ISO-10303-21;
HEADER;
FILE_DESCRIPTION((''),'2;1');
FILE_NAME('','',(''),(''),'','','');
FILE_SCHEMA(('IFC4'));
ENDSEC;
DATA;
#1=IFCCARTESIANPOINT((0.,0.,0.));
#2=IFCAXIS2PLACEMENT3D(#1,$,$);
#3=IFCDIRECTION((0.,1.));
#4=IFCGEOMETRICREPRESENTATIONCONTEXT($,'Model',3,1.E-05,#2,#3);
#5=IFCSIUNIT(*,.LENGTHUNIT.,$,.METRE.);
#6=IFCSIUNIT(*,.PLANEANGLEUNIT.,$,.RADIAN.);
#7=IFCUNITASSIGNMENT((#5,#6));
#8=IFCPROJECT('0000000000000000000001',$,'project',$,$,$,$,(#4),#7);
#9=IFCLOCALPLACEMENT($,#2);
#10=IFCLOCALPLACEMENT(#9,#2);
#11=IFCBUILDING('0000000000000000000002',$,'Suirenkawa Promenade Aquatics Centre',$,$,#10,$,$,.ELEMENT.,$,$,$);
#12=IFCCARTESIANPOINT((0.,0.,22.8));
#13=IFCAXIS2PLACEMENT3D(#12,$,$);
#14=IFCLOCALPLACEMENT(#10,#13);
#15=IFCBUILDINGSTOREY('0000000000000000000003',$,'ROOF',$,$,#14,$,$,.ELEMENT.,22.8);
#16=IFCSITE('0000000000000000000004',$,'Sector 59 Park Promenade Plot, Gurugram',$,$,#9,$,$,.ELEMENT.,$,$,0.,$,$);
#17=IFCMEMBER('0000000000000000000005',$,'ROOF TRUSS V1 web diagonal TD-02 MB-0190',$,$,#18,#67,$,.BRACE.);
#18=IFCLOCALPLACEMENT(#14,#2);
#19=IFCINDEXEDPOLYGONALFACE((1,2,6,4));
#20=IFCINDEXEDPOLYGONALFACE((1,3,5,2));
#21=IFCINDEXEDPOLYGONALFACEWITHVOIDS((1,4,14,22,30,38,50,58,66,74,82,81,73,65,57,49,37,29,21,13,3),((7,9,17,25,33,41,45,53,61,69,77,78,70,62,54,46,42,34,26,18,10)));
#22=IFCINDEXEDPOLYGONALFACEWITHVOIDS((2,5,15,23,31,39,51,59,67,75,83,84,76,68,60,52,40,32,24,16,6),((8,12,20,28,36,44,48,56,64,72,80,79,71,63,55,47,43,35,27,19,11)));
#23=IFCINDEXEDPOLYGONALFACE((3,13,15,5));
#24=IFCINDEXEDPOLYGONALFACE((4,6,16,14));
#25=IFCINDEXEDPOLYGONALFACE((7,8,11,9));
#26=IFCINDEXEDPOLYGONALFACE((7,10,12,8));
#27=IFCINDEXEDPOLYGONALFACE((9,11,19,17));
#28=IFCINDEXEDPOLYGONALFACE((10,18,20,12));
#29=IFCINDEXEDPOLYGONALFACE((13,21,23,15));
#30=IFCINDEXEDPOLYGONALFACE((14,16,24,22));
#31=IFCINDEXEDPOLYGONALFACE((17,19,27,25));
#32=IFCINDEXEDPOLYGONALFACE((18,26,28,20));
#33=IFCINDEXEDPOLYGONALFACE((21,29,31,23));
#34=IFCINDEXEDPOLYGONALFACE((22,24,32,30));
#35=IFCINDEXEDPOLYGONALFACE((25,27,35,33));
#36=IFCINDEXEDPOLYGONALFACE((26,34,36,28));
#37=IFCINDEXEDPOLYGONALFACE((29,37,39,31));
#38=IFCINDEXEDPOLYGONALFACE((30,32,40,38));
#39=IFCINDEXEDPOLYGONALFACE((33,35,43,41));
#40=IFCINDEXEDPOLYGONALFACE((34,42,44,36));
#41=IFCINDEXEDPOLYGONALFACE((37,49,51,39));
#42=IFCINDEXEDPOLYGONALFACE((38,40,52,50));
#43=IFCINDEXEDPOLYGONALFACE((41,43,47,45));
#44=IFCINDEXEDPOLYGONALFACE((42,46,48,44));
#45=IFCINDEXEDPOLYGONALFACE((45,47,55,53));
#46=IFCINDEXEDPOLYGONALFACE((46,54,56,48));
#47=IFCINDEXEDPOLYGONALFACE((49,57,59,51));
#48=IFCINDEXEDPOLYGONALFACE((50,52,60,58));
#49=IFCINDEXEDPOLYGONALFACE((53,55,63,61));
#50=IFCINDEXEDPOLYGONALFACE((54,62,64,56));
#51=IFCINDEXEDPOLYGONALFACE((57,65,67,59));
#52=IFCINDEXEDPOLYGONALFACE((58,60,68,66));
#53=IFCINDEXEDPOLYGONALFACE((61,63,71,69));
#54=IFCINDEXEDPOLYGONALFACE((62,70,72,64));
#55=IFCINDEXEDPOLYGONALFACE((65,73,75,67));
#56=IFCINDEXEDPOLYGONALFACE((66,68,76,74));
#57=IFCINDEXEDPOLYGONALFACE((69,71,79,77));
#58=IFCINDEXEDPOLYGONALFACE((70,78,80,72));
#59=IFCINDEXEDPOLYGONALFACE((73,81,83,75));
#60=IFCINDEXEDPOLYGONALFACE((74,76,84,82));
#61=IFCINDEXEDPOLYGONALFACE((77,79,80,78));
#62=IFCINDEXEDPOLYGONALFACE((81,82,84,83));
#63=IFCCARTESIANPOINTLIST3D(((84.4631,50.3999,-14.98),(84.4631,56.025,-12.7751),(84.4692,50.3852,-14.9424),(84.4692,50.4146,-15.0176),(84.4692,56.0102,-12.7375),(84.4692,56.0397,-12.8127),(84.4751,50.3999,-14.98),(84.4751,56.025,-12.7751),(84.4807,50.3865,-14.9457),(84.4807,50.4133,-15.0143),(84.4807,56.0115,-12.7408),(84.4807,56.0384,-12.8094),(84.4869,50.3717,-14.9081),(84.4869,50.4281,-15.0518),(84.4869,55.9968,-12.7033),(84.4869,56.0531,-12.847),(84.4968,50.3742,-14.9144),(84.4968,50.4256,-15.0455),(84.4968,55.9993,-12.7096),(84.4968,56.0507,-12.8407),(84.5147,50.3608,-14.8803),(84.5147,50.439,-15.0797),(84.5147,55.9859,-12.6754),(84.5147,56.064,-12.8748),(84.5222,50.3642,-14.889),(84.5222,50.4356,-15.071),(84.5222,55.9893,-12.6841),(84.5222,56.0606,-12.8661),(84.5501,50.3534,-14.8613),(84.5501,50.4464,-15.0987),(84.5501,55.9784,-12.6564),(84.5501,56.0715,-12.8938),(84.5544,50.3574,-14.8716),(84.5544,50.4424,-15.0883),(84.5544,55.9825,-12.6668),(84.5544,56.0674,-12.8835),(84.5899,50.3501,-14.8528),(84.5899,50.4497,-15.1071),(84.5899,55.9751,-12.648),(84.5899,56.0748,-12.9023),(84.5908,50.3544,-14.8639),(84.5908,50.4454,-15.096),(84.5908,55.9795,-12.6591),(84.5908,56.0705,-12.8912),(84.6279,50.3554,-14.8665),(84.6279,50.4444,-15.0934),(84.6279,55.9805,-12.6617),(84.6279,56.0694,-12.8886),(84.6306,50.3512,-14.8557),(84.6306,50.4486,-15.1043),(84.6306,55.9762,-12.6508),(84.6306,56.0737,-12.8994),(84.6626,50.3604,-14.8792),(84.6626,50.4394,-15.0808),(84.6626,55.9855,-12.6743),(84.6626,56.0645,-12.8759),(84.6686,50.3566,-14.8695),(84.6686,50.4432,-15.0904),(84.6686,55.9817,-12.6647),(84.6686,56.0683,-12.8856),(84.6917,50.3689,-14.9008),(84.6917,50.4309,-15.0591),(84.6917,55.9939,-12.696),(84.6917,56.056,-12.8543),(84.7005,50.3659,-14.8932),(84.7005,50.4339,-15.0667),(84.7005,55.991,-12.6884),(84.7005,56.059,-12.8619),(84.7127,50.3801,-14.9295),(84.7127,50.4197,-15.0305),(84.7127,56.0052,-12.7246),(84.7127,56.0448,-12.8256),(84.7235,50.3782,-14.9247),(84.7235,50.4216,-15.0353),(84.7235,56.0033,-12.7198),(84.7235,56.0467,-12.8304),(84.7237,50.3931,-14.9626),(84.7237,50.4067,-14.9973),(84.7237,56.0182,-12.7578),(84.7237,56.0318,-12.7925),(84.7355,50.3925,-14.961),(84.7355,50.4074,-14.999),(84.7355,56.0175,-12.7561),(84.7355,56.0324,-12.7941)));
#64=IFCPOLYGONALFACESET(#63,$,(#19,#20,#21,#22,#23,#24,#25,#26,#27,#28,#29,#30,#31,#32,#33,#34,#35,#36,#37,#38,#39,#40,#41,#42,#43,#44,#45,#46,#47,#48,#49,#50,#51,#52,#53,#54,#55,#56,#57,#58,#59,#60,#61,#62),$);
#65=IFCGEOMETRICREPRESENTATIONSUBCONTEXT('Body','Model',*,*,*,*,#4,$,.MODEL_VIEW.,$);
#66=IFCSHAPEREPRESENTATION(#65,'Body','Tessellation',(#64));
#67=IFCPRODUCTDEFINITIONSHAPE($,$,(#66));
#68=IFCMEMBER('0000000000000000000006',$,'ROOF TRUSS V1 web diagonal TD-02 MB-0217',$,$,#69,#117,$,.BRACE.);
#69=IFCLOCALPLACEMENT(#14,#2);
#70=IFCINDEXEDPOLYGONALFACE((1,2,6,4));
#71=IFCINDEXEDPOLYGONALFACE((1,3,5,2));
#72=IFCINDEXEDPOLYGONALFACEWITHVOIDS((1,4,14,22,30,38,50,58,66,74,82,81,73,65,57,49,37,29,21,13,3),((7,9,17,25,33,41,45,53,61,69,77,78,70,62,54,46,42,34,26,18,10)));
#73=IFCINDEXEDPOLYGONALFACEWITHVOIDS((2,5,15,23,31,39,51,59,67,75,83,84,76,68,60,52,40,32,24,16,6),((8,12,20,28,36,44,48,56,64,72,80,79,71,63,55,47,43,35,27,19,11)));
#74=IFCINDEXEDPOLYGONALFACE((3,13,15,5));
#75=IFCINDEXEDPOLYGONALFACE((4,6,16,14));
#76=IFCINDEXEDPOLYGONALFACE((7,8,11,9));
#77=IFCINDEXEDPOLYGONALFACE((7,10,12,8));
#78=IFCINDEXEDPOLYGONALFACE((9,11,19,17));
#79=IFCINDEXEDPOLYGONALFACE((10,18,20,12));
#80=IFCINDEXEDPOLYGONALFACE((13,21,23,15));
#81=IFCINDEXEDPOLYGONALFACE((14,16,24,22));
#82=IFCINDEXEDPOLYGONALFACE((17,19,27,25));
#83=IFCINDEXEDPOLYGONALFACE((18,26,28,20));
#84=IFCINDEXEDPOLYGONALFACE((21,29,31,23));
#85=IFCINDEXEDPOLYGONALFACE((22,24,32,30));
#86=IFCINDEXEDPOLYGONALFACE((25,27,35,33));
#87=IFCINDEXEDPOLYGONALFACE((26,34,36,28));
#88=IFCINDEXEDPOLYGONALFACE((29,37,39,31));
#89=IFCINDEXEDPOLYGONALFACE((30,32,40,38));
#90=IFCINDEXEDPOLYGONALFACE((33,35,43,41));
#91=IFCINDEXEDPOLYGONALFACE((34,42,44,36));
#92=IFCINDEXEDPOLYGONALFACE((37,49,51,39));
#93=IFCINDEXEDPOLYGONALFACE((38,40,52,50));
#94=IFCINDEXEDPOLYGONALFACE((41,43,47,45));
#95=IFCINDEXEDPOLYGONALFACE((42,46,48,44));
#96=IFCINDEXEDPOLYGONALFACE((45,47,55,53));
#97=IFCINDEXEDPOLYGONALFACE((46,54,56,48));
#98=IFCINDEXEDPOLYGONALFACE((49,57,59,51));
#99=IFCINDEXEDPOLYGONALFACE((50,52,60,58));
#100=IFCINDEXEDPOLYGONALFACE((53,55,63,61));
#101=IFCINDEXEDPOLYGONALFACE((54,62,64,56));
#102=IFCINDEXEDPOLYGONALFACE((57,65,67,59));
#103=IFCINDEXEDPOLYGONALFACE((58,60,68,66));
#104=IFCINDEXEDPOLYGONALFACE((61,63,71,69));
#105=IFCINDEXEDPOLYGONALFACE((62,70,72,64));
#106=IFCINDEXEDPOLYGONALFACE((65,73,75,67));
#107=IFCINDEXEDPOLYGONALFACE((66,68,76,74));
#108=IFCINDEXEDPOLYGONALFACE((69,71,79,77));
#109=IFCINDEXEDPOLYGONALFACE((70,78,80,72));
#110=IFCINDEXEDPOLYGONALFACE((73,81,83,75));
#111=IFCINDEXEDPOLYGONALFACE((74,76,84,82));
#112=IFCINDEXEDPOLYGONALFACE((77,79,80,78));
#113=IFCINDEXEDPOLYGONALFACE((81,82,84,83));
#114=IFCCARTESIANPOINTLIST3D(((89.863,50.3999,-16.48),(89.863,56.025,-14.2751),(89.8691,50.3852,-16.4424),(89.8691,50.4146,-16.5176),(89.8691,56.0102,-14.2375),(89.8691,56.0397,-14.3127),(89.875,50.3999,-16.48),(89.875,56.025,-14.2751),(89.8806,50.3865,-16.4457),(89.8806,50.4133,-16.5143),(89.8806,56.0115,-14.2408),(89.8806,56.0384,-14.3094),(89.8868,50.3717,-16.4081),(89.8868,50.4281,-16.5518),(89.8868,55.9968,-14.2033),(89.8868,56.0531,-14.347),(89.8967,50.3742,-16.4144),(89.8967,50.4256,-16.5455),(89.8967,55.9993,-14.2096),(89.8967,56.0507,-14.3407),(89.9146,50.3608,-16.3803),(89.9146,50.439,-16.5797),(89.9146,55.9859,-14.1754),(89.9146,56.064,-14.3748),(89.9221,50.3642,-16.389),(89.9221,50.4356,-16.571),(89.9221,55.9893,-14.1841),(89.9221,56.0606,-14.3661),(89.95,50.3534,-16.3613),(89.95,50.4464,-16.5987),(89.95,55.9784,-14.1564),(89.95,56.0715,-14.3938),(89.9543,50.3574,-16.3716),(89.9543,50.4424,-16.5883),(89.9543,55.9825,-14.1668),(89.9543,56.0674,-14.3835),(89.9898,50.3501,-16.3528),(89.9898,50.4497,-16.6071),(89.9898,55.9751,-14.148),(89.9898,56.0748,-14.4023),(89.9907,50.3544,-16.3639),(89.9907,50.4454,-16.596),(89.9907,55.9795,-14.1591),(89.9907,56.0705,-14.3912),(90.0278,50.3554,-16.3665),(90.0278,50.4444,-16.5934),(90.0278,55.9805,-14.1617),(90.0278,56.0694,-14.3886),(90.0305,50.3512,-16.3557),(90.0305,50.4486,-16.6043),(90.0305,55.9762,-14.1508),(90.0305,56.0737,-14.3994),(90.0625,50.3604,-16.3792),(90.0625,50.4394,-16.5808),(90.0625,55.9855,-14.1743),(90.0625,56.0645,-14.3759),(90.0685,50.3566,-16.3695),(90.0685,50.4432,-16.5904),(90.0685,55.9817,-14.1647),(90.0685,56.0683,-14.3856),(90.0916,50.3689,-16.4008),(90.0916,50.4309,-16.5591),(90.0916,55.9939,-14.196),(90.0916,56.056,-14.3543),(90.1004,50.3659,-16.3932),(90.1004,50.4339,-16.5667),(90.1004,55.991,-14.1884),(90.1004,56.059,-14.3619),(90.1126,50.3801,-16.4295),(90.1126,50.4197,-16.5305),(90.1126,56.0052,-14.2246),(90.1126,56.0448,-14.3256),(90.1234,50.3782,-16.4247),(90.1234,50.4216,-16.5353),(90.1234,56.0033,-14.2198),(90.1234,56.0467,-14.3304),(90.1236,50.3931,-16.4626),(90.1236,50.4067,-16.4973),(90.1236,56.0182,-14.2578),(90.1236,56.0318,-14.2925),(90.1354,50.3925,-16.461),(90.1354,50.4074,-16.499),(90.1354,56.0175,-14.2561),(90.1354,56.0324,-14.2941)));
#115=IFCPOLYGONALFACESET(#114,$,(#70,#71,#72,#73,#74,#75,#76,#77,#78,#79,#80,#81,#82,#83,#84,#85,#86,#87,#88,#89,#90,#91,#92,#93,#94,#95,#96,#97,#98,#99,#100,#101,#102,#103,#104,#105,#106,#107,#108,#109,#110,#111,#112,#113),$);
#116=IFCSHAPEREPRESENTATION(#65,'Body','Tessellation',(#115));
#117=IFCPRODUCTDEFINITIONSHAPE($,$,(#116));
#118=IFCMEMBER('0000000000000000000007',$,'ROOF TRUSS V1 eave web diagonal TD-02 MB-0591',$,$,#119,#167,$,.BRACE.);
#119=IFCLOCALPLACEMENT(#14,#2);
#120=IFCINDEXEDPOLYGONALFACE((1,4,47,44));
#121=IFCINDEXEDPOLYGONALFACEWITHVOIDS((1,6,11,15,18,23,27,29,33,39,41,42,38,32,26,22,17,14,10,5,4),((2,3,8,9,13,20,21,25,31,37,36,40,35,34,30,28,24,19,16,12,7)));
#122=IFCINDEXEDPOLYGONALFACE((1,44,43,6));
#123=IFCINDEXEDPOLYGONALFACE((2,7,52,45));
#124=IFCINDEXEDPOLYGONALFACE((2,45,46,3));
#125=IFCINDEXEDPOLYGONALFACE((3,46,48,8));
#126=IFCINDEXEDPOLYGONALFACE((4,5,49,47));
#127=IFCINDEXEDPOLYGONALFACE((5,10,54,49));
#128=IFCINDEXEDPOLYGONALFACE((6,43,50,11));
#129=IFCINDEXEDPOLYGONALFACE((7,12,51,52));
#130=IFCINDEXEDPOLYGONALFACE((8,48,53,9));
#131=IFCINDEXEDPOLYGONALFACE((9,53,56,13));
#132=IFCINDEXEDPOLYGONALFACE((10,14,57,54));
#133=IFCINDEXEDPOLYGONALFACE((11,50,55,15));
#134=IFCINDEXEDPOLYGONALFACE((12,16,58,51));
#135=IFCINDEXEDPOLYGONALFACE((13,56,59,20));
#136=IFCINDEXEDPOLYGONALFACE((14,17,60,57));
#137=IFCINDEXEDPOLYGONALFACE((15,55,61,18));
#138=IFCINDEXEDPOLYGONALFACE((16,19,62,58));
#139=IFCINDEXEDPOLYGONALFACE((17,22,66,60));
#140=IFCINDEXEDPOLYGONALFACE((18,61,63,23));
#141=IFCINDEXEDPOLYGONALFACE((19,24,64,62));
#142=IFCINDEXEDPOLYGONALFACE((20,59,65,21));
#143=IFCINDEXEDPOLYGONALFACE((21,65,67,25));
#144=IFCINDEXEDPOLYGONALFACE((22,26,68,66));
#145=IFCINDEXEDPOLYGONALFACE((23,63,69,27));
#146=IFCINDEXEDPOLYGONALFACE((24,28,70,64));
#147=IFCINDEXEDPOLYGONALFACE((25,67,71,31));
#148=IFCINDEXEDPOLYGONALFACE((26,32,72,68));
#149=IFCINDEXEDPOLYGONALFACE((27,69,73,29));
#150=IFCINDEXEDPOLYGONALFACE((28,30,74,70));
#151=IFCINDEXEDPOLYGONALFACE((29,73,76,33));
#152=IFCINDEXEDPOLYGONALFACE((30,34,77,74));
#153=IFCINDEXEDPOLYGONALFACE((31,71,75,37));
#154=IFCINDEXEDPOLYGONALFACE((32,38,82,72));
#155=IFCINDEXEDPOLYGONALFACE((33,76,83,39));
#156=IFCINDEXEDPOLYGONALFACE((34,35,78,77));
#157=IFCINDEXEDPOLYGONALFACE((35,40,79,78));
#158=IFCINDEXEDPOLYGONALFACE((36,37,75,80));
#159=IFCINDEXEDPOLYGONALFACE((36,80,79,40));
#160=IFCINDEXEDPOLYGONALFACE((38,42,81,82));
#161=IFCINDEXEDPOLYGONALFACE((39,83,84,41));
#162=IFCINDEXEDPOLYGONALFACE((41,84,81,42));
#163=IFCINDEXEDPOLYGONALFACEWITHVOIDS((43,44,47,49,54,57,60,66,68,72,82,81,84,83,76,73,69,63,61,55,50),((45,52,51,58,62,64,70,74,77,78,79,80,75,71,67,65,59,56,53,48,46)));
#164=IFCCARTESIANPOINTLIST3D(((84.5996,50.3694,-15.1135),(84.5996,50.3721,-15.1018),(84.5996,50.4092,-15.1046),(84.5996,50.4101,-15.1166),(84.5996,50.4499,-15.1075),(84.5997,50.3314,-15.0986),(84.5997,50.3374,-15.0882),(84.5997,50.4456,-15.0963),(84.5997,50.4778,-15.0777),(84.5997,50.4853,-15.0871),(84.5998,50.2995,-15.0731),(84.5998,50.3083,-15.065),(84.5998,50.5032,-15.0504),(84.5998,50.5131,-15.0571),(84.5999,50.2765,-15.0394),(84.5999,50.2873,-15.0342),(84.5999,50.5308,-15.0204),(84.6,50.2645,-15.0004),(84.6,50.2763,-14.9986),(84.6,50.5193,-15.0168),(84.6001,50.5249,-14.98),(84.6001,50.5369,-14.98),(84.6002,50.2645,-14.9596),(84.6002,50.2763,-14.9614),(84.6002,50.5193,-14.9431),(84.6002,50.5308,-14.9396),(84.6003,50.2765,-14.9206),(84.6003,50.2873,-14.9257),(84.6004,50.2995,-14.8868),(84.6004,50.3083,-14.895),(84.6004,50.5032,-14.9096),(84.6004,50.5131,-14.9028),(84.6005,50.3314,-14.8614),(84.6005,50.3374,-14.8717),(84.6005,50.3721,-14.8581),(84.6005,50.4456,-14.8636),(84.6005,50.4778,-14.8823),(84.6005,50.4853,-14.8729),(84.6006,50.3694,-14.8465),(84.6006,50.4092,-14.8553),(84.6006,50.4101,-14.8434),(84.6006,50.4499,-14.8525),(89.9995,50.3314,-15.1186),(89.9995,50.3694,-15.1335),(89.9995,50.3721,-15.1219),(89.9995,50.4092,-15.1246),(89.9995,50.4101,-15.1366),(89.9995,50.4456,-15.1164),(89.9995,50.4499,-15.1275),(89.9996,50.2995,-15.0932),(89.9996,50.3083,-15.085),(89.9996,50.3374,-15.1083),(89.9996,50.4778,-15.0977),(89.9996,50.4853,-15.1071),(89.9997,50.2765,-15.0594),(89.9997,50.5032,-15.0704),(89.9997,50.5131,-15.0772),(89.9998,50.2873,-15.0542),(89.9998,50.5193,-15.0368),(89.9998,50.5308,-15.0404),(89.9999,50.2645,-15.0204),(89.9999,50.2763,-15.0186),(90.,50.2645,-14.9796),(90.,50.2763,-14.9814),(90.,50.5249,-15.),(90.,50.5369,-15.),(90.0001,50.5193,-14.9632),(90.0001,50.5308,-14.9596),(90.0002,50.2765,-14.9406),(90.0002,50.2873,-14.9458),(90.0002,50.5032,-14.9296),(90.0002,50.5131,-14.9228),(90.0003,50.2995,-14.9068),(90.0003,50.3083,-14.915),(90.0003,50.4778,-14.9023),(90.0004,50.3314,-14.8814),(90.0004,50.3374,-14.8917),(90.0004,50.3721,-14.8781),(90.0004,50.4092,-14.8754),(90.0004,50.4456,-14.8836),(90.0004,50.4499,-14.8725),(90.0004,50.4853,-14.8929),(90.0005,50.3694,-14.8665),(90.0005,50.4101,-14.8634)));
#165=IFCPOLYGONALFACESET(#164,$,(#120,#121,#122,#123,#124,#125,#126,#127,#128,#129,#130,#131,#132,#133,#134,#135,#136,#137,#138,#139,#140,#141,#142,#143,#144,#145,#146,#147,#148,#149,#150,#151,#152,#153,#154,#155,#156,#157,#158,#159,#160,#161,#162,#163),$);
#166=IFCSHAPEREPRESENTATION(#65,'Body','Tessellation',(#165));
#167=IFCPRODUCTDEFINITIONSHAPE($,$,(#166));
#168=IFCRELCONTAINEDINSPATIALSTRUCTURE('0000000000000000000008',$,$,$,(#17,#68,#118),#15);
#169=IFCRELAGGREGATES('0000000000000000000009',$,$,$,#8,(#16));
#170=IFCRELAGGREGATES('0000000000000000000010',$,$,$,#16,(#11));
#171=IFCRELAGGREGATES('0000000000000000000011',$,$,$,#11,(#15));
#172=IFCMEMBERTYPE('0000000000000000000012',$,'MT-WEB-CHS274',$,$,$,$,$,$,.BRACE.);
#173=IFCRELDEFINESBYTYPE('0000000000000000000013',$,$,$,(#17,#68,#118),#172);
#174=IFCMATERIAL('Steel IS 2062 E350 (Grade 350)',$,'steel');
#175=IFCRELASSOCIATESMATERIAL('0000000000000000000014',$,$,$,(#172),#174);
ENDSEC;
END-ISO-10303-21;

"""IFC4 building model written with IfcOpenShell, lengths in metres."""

from ifc_helpers import new_model, si_unit, direction, frame, origin, origin_2d, place, context, subcontext, project, spatial, hollow_circle, extrude, material, material_profile, profile_set, type_object, element, save


model = new_model("IFC4")

# Units and contexts
model_context = context("Model", 3, precision=1e-05, world=origin(), true_north=direction((0.0, 1.0)))
body_context = subcontext(model_context, "Body", "Model", "MODEL_VIEW")
ifc_project = project(units=[si_unit("LENGTHUNIT", "METRE"), si_unit("PLANEANGLEUNIT", "RADIAN")], contexts=[model_context])

# Site, building, storey
site_placement = place(None, origin())
site = spatial("IfcSite", under=ifc_project, at=site_placement, Name="Sector 59 Park Promenade Plot, Gurugram", CompositionType="ELEMENT", RefElevation=0.0)
building_placement = place(site_placement, origin())
building = spatial("IfcBuilding", under=site, at=building_placement, Name="Suirenkawa Promenade Aquatics Centre", CompositionType="ELEMENT")
storey_placement = place(building_placement, frame((0.0, 0.0, 22.8)))
storey = spatial("IfcBuildingStorey", under=building, at=storey_placement, Name="ROOF", CompositionType="ELEMENT", Elevation=22.8)

# Shared definitions
ifc_material_1 = material(Name="Steel IS 2062 E350 (Grade 350)", Category="steel")

# Members
ifc_material_profile_1 = material_profile(ifc_material_1, hollow_circle(Radius=0.137, WallThickness=0.012, at=origin_2d()), Name="CHS 274x12", Category="steel")
ifc_profile_set_1 = profile_set([ifc_material_profile_1], Name="Steel IS 2062 E350 (Grade 350)")
member_type_1 = type_object("IfcMemberType", Name="MT-WEB-CHS274", PredefinedType="BRACE", material=ifc_profile_set_1)
for number, where, z_axis, x_axis, name in (
    (1, (84.6001, 50.3999, -14.98), (0.0, 0.931032, 0.364937), (-1.0, 0.0, 0.0), "ROOF TRUSS V1 web diagonal TD-02 MB-0190"),
    (2, (90.0, 50.3999, -16.48), (0.0, 0.931032, 0.364937), (-1.0, 0.0, 0.0), "ROOF TRUSS V1 web diagonal TD-02 MB-0217"),
):
    element("IfcMember", number, at=place(storey_placement, frame(where, z_axis=z_axis, x_axis=x_axis)), inside=storey, type_object=member_type_1, Name=name, PredefinedType="BRACE", context=body_context, shape_type="SweptSolid", body=[
        extrude(hollow_circle(Radius=0.137, WallThickness=0.012, at=origin_2d()), origin(), (0.0, 0.0, 1.0), 6.0417),
    ])
member_1_placement = place(storey_placement, frame((84.6001, 50.3999, -14.98), z_axis=(0.999993, 0.0, -0.003707), x_axis=(0.0, 1.0, 0.0)))
element("IfcMember", 3, at=member_1_placement, inside=storey, type_object=member_type_1, Name="ROOF TRUSS V1 eave web diagonal TD-02 MB-0591", PredefinedType="BRACE", context=body_context, shape_type="SweptSolid", body=[
    extrude(hollow_circle(Radius=0.137, WallThickness=0.012, at=origin_2d()), origin(), (0.0, 0.0, 1.0), 5.3999),
])

save(model, "model.ifc")
